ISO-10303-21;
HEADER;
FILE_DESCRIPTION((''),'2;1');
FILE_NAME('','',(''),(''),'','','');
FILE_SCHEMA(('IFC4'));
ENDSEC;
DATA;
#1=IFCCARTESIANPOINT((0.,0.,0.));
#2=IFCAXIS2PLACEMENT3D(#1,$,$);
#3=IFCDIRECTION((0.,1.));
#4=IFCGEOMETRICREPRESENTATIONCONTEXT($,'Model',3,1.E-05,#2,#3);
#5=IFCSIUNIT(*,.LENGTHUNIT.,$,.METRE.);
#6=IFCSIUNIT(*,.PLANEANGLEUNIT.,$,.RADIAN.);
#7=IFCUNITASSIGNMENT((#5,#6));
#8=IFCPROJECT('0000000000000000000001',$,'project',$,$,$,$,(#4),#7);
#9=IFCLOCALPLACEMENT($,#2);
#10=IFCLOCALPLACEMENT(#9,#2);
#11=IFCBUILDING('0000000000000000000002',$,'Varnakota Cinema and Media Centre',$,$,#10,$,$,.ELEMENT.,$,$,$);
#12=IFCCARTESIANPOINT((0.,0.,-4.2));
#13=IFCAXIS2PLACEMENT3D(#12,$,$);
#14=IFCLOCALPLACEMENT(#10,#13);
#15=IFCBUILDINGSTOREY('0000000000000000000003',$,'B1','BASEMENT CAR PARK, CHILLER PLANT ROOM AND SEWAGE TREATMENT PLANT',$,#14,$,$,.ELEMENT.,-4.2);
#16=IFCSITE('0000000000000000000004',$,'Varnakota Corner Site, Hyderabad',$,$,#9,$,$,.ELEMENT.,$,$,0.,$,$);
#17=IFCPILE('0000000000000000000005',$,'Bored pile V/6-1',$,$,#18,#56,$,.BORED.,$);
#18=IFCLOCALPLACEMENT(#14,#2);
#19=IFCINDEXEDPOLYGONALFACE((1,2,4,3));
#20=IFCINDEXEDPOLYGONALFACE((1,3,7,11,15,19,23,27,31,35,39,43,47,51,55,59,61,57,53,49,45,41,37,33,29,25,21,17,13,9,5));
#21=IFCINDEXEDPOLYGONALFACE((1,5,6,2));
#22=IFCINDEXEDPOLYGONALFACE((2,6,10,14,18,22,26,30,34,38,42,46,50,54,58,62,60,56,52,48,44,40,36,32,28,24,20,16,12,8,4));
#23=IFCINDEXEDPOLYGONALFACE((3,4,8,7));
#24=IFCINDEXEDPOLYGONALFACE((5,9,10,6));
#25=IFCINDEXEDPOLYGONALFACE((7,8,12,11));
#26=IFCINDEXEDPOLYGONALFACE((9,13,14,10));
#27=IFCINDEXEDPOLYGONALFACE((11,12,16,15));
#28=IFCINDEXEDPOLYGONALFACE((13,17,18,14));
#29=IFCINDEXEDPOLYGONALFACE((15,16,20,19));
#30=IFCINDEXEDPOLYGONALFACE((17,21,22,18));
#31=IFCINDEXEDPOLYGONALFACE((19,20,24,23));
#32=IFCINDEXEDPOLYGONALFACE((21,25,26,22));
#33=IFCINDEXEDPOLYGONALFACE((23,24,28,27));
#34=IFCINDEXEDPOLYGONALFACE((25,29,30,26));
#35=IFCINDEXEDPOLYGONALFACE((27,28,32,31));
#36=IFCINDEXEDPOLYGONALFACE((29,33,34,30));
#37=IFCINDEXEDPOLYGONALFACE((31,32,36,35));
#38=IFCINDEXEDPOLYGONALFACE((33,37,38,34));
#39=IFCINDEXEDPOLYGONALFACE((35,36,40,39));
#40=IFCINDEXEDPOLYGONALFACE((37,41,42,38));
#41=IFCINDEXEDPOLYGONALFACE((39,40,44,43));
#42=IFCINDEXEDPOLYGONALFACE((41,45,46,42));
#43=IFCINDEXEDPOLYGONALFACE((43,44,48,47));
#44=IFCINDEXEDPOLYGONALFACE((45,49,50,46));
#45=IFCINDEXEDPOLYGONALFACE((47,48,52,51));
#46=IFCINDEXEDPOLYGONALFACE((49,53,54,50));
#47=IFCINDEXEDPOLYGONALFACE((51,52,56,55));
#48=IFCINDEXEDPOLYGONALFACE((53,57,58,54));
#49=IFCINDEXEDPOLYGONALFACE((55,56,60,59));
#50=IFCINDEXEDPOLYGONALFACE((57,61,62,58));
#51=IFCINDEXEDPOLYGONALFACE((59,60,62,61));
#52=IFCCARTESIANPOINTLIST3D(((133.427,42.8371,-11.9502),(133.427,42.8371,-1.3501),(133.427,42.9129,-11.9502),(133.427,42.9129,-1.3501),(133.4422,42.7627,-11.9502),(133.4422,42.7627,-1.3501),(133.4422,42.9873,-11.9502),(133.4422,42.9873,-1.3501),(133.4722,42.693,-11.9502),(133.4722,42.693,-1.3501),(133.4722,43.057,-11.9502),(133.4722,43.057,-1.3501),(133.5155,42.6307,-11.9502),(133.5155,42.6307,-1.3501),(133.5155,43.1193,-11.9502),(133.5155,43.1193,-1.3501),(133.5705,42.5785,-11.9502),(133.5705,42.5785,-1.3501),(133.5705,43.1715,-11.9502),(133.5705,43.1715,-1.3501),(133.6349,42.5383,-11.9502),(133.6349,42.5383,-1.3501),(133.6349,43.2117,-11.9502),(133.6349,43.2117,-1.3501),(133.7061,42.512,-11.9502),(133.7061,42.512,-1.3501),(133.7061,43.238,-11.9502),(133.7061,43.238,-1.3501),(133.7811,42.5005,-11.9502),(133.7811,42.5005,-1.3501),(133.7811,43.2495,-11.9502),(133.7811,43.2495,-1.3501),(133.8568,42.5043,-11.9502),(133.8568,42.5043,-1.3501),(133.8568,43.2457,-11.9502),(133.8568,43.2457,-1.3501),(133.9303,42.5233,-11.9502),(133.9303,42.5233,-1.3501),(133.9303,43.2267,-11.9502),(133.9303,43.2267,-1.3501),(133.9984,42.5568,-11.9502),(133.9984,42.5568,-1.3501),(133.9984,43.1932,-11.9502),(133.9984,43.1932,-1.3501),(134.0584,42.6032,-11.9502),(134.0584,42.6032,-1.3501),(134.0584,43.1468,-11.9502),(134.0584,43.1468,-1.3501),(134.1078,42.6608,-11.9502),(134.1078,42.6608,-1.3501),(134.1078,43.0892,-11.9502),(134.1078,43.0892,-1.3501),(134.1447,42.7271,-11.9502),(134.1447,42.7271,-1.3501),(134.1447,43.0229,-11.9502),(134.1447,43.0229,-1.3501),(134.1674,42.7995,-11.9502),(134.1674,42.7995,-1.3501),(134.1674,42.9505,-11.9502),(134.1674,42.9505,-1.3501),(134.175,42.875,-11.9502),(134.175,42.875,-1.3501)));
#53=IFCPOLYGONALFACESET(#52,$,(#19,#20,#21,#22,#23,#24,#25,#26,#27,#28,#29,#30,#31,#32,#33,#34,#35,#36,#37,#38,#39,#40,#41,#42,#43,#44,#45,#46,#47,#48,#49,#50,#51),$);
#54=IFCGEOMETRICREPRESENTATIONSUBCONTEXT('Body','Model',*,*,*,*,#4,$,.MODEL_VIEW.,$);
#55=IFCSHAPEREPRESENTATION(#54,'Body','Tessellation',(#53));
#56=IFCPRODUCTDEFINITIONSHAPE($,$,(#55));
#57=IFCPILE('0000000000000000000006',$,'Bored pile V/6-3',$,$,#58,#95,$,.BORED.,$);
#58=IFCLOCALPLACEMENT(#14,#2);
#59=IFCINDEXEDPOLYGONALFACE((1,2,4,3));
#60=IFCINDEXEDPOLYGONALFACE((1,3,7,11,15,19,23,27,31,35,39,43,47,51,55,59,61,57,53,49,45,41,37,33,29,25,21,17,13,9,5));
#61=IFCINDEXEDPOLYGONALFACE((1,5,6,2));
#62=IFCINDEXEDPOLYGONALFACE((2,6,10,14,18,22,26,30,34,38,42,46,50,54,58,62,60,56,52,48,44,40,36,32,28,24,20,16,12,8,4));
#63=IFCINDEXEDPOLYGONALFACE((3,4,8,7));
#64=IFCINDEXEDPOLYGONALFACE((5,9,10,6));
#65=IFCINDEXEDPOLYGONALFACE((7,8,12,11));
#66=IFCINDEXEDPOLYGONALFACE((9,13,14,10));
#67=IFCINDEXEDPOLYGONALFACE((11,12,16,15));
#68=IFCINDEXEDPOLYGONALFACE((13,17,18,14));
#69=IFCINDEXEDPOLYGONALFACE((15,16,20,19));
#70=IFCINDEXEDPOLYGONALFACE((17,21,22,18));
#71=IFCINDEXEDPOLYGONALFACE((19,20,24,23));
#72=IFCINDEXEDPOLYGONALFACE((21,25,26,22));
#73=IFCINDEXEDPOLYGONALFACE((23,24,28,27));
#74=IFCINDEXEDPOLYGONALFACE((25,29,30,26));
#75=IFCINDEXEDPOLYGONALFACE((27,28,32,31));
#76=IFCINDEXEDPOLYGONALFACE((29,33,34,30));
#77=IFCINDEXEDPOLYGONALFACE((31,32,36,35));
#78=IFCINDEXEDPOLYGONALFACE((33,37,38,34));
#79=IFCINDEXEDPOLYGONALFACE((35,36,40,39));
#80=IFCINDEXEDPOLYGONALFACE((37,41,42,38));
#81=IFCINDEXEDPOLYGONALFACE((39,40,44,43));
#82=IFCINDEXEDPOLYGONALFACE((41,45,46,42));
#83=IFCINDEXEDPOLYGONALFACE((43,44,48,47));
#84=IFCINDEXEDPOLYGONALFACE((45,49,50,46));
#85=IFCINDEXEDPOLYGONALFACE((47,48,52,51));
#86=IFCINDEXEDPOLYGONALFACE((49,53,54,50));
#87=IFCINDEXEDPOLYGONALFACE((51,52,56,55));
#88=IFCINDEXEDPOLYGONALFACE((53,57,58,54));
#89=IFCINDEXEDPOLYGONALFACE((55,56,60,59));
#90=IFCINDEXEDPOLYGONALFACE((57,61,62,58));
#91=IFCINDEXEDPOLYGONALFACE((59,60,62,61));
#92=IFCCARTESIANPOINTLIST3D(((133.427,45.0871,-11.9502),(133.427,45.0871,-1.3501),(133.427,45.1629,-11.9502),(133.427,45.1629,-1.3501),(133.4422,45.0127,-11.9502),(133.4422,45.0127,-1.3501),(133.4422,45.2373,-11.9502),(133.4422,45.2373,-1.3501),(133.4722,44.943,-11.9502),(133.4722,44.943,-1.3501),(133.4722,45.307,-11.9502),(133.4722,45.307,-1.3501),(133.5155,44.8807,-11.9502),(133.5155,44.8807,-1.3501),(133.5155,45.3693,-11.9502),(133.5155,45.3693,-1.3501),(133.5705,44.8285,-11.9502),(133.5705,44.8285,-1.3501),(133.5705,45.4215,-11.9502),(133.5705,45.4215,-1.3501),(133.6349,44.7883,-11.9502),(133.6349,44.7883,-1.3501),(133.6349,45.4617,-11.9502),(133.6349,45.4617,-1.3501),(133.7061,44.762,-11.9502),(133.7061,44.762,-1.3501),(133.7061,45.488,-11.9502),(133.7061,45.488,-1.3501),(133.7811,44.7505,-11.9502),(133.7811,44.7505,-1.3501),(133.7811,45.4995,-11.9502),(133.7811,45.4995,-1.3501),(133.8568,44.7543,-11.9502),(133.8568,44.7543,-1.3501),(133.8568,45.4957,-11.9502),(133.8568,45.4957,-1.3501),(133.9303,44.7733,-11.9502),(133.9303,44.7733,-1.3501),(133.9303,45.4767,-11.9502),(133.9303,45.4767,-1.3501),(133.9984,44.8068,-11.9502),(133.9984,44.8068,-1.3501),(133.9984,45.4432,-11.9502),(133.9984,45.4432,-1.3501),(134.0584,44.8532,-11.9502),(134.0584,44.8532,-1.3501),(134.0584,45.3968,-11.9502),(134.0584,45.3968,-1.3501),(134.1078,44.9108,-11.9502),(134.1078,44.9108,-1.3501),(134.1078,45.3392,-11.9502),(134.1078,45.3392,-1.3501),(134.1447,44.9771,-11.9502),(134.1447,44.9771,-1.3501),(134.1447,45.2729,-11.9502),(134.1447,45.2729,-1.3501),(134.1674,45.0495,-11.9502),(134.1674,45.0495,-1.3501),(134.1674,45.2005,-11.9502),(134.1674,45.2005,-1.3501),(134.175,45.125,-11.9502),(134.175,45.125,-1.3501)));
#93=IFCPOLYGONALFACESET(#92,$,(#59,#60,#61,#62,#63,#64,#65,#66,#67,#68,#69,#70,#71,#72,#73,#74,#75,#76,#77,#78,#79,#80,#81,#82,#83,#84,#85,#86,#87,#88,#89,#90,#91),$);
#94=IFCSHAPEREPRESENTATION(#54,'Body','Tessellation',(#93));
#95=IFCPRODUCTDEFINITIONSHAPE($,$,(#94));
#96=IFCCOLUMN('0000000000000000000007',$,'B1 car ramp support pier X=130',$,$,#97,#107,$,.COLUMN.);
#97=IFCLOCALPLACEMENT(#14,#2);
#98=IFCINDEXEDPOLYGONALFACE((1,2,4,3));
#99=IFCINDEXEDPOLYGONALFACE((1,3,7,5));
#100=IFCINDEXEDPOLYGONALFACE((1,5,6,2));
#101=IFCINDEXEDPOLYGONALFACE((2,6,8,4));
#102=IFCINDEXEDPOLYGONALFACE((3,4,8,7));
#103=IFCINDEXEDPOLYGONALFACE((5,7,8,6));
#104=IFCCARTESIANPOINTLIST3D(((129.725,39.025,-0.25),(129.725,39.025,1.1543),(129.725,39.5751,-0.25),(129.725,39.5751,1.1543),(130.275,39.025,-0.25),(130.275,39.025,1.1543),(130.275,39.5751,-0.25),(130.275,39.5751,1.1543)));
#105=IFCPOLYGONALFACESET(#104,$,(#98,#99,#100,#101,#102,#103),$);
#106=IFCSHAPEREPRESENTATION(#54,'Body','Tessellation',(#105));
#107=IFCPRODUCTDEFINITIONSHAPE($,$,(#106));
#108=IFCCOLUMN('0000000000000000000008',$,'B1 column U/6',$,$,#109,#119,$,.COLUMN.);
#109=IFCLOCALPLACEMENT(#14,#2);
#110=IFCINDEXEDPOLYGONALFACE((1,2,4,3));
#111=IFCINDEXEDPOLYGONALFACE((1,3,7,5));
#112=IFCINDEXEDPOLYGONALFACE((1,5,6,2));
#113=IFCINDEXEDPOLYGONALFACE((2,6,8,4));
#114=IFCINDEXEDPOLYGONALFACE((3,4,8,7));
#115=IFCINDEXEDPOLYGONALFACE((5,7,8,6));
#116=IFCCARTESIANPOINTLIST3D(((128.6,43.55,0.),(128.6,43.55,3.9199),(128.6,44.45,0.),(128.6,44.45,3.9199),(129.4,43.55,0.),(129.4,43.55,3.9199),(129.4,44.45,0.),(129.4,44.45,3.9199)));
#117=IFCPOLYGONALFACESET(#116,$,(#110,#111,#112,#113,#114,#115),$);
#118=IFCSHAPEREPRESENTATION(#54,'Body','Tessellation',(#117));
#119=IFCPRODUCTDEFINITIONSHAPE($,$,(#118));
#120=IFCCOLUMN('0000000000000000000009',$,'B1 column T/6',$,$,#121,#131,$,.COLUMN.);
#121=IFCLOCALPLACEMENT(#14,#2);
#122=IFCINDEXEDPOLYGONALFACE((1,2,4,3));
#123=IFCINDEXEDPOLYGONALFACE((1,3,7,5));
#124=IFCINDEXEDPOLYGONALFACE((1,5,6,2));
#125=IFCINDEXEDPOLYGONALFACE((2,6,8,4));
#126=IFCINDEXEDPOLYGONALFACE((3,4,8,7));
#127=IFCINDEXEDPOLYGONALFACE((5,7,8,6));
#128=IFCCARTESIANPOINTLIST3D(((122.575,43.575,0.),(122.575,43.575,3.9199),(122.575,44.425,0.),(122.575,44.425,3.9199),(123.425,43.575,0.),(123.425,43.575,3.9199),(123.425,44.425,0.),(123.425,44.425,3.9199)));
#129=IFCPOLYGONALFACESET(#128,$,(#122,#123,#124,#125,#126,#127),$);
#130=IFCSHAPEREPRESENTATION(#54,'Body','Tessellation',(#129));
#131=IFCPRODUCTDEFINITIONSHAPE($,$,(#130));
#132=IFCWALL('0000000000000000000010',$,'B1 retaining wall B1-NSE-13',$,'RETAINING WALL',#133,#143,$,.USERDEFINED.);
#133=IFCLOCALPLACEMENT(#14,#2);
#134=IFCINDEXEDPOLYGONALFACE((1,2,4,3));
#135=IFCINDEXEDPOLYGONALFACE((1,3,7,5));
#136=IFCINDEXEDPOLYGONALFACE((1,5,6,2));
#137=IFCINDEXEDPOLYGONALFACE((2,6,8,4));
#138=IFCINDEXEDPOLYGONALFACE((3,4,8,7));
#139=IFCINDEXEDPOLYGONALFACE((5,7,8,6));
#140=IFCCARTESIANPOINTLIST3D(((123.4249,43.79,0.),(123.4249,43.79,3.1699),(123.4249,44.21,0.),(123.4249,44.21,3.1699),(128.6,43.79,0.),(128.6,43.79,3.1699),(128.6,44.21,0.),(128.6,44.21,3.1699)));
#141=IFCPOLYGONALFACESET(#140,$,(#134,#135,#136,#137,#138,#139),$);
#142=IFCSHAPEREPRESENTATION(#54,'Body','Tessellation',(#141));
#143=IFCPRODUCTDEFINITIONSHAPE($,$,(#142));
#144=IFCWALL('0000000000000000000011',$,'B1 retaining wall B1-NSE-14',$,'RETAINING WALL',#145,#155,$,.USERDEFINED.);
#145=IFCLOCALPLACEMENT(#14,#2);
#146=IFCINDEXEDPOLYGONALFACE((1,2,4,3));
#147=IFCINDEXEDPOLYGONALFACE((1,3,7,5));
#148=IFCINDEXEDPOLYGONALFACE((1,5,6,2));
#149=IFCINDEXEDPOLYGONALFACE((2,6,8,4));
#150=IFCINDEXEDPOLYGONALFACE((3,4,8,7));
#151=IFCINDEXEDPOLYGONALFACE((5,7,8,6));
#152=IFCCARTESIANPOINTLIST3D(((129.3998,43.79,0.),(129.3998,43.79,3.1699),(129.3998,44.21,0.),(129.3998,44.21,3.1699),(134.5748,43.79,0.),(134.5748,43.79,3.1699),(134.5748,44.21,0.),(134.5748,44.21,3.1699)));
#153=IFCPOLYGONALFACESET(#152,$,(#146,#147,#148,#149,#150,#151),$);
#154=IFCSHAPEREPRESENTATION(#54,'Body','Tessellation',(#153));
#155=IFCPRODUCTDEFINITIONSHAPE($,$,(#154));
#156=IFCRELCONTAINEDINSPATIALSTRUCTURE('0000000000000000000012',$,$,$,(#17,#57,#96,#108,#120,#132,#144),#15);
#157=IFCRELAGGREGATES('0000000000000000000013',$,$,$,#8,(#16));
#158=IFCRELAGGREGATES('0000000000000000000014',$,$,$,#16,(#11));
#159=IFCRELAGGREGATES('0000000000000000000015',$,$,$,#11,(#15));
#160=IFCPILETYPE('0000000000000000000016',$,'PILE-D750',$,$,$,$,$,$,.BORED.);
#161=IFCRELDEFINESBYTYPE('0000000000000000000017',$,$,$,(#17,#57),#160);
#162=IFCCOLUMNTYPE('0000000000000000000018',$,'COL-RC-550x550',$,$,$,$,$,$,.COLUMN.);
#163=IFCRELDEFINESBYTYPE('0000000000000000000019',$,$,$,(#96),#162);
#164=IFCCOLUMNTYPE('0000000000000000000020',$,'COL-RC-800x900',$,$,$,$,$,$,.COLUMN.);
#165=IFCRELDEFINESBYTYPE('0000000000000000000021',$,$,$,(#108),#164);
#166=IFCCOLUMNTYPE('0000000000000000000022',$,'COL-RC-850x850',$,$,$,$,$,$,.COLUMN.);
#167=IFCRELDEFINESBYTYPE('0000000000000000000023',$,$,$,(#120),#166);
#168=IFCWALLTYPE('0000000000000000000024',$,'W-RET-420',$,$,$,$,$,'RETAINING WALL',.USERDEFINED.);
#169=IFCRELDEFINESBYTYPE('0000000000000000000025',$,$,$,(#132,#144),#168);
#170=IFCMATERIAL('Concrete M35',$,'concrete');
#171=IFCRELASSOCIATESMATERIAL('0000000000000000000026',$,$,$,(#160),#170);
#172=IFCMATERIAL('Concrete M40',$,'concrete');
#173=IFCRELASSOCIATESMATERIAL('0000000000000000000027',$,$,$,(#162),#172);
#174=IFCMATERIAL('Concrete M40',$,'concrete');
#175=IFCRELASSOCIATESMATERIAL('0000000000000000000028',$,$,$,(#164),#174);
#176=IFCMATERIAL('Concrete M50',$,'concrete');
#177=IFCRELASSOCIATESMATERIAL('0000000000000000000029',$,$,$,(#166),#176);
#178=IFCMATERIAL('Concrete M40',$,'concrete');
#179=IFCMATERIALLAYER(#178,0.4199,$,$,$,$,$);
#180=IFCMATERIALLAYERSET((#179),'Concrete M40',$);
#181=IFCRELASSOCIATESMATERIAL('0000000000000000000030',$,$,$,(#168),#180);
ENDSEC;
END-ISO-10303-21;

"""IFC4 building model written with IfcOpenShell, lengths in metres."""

from ifc_helpers import new_model, si_unit, direction, frame, frame_2d, origin, origin_2d, place, context, subcontext, project, spatial, rectangle, circle, extrude, material, layer, layer_set, material_profile, profile_set, type_object, element, save


model = new_model("IFC4")

# Units and contexts
model_context = context("Model", 3, precision=1e-05, world=origin(), true_north=direction((0.0, 1.0)))
body_context = subcontext(model_context, "Body", "Model", "MODEL_VIEW")
ifc_project = project(units=[si_unit("LENGTHUNIT", "METRE"), si_unit("PLANEANGLEUNIT", "RADIAN")], contexts=[model_context])

# Site, building, storey
site_placement = place(None, origin())
site = spatial("IfcSite", under=ifc_project, at=site_placement, Name="Varnakota Corner Site, Hyderabad", CompositionType="ELEMENT", RefElevation=0.0)
building_placement = place(site_placement, origin())
building = spatial("IfcBuilding", under=site, at=building_placement, Name="Varnakota Cinema and Media Centre", CompositionType="ELEMENT")
storey_placement = place(building_placement, frame((0.0, 0.0, -4.2)))
storey = spatial("IfcBuildingStorey", under=building, at=storey_placement, Name="B1", Description="BASEMENT CAR PARK, CHILLER PLANT ROOM AND SEWAGE TREATMENT PLANT", CompositionType="ELEMENT", Elevation=-4.2)

# Piles
ifc_material_1 = material(Name="Concrete M35", Category="concrete")
ifc_material_profile_1 = material_profile(ifc_material_1, circle(Radius=0.375, at=origin_2d()), Name="PILE D750")
ifc_profile_set_1 = profile_set([ifc_material_profile_1], Name="Concrete M35")
pile_type_1 = type_object("IfcPileType", Name="PILE-D750", PredefinedType="BORED", material=ifc_profile_set_1)
for number, where, z_axis, x_axis, name in (
    (1, (133.8, 42.875, -1.3501), (0.0, 0.0, -1.0), (1.0, 0.0, 0.0), "Bored pile V/6-1"),
    (2, (133.8, 45.125, -1.3501), (0.0, 0.0, -1.0), (1.0, 0.0, 0.0), "Bored pile V/6-3"),
):
    element("IfcPile", number, at=place(storey_placement, frame(where, z_axis=z_axis, x_axis=x_axis)), inside=storey, type_object=pile_type_1, Name=name, PredefinedType="BORED", context=body_context, shape_type="SweptSolid", body=[
        extrude(circle(Radius=0.375, at=origin_2d()), origin(), (0.0, 0.0, 1.0), 10.6001),
    ])

# Columns
ifc_material_2 = material(Name="Concrete M40", Category="concrete")
ifc_material_profile_2 = material_profile(ifc_material_2, rectangle(XDim=0.55, YDim=0.55, at=origin_2d()), Name="RC 550x550")
ifc_profile_set_2 = profile_set([ifc_material_profile_2], Name="Concrete M40")
column_type_1 = type_object("IfcColumnType", Name="COL-RC-550x550", PredefinedType="COLUMN", material=ifc_profile_set_2)
column_1_placement = place(storey_placement, frame((130.0, 39.3, -0.25), z_axis=(0.0, 0.0, 1.0), x_axis=(1.0, 0.0, 0.0)))
element("IfcColumn", 3, at=column_1_placement, inside=storey, type_object=column_type_1, Name="B1 car ramp support pier X=130", PredefinedType="COLUMN", context=body_context, shape_type="SweptSolid", body=[
    extrude(rectangle(XDim=0.55, YDim=0.55, at=origin_2d()), origin(), (0.0, 0.0, 1.0), 1.4043),
])
ifc_material_3 = material(Name="Concrete M40", Category="concrete")
ifc_material_profile_3 = material_profile(ifc_material_3, rectangle(XDim=0.8, YDim=0.8999, at=origin_2d()), Name="RC 800x900")
ifc_profile_set_3 = profile_set([ifc_material_profile_3], Name="Concrete M40")
column_type_2 = type_object("IfcColumnType", Name="COL-RC-800x900", PredefinedType="COLUMN", material=ifc_profile_set_3)
column_2_placement = place(storey_placement, frame((129.0, 44.0, 0.0), z_axis=(0.0, 0.0, 1.0), x_axis=(1.0, 0.0, 0.0)))
element("IfcColumn", 4, at=column_2_placement, inside=storey, type_object=column_type_2, Name="B1 column U/6", PredefinedType="COLUMN", context=body_context, shape_type="SweptSolid", body=[
    extrude(rectangle(XDim=0.8, YDim=0.8999, at=origin_2d()), origin(), (0.0, 0.0, 1.0), 3.9199),
])
ifc_material_4 = material(Name="Concrete M50", Category="concrete")
ifc_material_profile_4 = material_profile(ifc_material_4, rectangle(XDim=0.8501, YDim=0.8501, at=origin_2d()), Name="RC 850x850")
ifc_profile_set_4 = profile_set([ifc_material_profile_4], Name="Concrete M50")
column_type_3 = type_object("IfcColumnType", Name="COL-RC-850x850", PredefinedType="COLUMN", material=ifc_profile_set_4)
column_3_placement = place(storey_placement, frame((123.0, 44.0, 0.0), z_axis=(0.0, 0.0, 1.0), x_axis=(1.0, 0.0, 0.0)))
element("IfcColumn", 5, at=column_3_placement, inside=storey, type_object=column_type_3, Name="B1 column T/6", PredefinedType="COLUMN", context=body_context, shape_type="SweptSolid", body=[
    extrude(rectangle(XDim=0.8501, YDim=0.8501, at=origin_2d()), origin(), (0.0, 0.0, 1.0), 3.9199),
])

# Walls
ifc_material_5 = material(Name="Concrete M40", Category="concrete")
ifc_layer = layer(ifc_material_5, 0.4199)
ifc_layer_set = layer_set([ifc_layer], Name="Concrete M40")
wall_type = type_object("IfcWallType", Name="W-RET-420", ElementType="RETAINING WALL", PredefinedType="USERDEFINED", material=ifc_layer_set)
for number, where, z_axis, x_axis, name in (
    (6, (123.425, 44.0, 0.0), (0.0, 0.0, 1.0), (1.0, 0.0, 0.0), "B1 retaining wall B1-NSE-13"),
    (7, (129.3999, 44.0, 0.0), (0.0, 0.0, 1.0), (1.0, 0.0, 0.0), "B1 retaining wall B1-NSE-14"),
):
    element("IfcWall", number, at=place(storey_placement, frame(where, z_axis=z_axis, x_axis=x_axis)), inside=storey, type_object=wall_type, Name=name, ObjectType="RETAINING WALL", PredefinedType="USERDEFINED", context=body_context, shape_type="SweptSolid", body=[
        extrude(rectangle(XDim=5.175, YDim=0.4199, at=frame_2d((2.5874, 0.0))), origin(), (0.0, 0.0, 1.0), 3.1699),
    ])

save(model, "model.ifc")
